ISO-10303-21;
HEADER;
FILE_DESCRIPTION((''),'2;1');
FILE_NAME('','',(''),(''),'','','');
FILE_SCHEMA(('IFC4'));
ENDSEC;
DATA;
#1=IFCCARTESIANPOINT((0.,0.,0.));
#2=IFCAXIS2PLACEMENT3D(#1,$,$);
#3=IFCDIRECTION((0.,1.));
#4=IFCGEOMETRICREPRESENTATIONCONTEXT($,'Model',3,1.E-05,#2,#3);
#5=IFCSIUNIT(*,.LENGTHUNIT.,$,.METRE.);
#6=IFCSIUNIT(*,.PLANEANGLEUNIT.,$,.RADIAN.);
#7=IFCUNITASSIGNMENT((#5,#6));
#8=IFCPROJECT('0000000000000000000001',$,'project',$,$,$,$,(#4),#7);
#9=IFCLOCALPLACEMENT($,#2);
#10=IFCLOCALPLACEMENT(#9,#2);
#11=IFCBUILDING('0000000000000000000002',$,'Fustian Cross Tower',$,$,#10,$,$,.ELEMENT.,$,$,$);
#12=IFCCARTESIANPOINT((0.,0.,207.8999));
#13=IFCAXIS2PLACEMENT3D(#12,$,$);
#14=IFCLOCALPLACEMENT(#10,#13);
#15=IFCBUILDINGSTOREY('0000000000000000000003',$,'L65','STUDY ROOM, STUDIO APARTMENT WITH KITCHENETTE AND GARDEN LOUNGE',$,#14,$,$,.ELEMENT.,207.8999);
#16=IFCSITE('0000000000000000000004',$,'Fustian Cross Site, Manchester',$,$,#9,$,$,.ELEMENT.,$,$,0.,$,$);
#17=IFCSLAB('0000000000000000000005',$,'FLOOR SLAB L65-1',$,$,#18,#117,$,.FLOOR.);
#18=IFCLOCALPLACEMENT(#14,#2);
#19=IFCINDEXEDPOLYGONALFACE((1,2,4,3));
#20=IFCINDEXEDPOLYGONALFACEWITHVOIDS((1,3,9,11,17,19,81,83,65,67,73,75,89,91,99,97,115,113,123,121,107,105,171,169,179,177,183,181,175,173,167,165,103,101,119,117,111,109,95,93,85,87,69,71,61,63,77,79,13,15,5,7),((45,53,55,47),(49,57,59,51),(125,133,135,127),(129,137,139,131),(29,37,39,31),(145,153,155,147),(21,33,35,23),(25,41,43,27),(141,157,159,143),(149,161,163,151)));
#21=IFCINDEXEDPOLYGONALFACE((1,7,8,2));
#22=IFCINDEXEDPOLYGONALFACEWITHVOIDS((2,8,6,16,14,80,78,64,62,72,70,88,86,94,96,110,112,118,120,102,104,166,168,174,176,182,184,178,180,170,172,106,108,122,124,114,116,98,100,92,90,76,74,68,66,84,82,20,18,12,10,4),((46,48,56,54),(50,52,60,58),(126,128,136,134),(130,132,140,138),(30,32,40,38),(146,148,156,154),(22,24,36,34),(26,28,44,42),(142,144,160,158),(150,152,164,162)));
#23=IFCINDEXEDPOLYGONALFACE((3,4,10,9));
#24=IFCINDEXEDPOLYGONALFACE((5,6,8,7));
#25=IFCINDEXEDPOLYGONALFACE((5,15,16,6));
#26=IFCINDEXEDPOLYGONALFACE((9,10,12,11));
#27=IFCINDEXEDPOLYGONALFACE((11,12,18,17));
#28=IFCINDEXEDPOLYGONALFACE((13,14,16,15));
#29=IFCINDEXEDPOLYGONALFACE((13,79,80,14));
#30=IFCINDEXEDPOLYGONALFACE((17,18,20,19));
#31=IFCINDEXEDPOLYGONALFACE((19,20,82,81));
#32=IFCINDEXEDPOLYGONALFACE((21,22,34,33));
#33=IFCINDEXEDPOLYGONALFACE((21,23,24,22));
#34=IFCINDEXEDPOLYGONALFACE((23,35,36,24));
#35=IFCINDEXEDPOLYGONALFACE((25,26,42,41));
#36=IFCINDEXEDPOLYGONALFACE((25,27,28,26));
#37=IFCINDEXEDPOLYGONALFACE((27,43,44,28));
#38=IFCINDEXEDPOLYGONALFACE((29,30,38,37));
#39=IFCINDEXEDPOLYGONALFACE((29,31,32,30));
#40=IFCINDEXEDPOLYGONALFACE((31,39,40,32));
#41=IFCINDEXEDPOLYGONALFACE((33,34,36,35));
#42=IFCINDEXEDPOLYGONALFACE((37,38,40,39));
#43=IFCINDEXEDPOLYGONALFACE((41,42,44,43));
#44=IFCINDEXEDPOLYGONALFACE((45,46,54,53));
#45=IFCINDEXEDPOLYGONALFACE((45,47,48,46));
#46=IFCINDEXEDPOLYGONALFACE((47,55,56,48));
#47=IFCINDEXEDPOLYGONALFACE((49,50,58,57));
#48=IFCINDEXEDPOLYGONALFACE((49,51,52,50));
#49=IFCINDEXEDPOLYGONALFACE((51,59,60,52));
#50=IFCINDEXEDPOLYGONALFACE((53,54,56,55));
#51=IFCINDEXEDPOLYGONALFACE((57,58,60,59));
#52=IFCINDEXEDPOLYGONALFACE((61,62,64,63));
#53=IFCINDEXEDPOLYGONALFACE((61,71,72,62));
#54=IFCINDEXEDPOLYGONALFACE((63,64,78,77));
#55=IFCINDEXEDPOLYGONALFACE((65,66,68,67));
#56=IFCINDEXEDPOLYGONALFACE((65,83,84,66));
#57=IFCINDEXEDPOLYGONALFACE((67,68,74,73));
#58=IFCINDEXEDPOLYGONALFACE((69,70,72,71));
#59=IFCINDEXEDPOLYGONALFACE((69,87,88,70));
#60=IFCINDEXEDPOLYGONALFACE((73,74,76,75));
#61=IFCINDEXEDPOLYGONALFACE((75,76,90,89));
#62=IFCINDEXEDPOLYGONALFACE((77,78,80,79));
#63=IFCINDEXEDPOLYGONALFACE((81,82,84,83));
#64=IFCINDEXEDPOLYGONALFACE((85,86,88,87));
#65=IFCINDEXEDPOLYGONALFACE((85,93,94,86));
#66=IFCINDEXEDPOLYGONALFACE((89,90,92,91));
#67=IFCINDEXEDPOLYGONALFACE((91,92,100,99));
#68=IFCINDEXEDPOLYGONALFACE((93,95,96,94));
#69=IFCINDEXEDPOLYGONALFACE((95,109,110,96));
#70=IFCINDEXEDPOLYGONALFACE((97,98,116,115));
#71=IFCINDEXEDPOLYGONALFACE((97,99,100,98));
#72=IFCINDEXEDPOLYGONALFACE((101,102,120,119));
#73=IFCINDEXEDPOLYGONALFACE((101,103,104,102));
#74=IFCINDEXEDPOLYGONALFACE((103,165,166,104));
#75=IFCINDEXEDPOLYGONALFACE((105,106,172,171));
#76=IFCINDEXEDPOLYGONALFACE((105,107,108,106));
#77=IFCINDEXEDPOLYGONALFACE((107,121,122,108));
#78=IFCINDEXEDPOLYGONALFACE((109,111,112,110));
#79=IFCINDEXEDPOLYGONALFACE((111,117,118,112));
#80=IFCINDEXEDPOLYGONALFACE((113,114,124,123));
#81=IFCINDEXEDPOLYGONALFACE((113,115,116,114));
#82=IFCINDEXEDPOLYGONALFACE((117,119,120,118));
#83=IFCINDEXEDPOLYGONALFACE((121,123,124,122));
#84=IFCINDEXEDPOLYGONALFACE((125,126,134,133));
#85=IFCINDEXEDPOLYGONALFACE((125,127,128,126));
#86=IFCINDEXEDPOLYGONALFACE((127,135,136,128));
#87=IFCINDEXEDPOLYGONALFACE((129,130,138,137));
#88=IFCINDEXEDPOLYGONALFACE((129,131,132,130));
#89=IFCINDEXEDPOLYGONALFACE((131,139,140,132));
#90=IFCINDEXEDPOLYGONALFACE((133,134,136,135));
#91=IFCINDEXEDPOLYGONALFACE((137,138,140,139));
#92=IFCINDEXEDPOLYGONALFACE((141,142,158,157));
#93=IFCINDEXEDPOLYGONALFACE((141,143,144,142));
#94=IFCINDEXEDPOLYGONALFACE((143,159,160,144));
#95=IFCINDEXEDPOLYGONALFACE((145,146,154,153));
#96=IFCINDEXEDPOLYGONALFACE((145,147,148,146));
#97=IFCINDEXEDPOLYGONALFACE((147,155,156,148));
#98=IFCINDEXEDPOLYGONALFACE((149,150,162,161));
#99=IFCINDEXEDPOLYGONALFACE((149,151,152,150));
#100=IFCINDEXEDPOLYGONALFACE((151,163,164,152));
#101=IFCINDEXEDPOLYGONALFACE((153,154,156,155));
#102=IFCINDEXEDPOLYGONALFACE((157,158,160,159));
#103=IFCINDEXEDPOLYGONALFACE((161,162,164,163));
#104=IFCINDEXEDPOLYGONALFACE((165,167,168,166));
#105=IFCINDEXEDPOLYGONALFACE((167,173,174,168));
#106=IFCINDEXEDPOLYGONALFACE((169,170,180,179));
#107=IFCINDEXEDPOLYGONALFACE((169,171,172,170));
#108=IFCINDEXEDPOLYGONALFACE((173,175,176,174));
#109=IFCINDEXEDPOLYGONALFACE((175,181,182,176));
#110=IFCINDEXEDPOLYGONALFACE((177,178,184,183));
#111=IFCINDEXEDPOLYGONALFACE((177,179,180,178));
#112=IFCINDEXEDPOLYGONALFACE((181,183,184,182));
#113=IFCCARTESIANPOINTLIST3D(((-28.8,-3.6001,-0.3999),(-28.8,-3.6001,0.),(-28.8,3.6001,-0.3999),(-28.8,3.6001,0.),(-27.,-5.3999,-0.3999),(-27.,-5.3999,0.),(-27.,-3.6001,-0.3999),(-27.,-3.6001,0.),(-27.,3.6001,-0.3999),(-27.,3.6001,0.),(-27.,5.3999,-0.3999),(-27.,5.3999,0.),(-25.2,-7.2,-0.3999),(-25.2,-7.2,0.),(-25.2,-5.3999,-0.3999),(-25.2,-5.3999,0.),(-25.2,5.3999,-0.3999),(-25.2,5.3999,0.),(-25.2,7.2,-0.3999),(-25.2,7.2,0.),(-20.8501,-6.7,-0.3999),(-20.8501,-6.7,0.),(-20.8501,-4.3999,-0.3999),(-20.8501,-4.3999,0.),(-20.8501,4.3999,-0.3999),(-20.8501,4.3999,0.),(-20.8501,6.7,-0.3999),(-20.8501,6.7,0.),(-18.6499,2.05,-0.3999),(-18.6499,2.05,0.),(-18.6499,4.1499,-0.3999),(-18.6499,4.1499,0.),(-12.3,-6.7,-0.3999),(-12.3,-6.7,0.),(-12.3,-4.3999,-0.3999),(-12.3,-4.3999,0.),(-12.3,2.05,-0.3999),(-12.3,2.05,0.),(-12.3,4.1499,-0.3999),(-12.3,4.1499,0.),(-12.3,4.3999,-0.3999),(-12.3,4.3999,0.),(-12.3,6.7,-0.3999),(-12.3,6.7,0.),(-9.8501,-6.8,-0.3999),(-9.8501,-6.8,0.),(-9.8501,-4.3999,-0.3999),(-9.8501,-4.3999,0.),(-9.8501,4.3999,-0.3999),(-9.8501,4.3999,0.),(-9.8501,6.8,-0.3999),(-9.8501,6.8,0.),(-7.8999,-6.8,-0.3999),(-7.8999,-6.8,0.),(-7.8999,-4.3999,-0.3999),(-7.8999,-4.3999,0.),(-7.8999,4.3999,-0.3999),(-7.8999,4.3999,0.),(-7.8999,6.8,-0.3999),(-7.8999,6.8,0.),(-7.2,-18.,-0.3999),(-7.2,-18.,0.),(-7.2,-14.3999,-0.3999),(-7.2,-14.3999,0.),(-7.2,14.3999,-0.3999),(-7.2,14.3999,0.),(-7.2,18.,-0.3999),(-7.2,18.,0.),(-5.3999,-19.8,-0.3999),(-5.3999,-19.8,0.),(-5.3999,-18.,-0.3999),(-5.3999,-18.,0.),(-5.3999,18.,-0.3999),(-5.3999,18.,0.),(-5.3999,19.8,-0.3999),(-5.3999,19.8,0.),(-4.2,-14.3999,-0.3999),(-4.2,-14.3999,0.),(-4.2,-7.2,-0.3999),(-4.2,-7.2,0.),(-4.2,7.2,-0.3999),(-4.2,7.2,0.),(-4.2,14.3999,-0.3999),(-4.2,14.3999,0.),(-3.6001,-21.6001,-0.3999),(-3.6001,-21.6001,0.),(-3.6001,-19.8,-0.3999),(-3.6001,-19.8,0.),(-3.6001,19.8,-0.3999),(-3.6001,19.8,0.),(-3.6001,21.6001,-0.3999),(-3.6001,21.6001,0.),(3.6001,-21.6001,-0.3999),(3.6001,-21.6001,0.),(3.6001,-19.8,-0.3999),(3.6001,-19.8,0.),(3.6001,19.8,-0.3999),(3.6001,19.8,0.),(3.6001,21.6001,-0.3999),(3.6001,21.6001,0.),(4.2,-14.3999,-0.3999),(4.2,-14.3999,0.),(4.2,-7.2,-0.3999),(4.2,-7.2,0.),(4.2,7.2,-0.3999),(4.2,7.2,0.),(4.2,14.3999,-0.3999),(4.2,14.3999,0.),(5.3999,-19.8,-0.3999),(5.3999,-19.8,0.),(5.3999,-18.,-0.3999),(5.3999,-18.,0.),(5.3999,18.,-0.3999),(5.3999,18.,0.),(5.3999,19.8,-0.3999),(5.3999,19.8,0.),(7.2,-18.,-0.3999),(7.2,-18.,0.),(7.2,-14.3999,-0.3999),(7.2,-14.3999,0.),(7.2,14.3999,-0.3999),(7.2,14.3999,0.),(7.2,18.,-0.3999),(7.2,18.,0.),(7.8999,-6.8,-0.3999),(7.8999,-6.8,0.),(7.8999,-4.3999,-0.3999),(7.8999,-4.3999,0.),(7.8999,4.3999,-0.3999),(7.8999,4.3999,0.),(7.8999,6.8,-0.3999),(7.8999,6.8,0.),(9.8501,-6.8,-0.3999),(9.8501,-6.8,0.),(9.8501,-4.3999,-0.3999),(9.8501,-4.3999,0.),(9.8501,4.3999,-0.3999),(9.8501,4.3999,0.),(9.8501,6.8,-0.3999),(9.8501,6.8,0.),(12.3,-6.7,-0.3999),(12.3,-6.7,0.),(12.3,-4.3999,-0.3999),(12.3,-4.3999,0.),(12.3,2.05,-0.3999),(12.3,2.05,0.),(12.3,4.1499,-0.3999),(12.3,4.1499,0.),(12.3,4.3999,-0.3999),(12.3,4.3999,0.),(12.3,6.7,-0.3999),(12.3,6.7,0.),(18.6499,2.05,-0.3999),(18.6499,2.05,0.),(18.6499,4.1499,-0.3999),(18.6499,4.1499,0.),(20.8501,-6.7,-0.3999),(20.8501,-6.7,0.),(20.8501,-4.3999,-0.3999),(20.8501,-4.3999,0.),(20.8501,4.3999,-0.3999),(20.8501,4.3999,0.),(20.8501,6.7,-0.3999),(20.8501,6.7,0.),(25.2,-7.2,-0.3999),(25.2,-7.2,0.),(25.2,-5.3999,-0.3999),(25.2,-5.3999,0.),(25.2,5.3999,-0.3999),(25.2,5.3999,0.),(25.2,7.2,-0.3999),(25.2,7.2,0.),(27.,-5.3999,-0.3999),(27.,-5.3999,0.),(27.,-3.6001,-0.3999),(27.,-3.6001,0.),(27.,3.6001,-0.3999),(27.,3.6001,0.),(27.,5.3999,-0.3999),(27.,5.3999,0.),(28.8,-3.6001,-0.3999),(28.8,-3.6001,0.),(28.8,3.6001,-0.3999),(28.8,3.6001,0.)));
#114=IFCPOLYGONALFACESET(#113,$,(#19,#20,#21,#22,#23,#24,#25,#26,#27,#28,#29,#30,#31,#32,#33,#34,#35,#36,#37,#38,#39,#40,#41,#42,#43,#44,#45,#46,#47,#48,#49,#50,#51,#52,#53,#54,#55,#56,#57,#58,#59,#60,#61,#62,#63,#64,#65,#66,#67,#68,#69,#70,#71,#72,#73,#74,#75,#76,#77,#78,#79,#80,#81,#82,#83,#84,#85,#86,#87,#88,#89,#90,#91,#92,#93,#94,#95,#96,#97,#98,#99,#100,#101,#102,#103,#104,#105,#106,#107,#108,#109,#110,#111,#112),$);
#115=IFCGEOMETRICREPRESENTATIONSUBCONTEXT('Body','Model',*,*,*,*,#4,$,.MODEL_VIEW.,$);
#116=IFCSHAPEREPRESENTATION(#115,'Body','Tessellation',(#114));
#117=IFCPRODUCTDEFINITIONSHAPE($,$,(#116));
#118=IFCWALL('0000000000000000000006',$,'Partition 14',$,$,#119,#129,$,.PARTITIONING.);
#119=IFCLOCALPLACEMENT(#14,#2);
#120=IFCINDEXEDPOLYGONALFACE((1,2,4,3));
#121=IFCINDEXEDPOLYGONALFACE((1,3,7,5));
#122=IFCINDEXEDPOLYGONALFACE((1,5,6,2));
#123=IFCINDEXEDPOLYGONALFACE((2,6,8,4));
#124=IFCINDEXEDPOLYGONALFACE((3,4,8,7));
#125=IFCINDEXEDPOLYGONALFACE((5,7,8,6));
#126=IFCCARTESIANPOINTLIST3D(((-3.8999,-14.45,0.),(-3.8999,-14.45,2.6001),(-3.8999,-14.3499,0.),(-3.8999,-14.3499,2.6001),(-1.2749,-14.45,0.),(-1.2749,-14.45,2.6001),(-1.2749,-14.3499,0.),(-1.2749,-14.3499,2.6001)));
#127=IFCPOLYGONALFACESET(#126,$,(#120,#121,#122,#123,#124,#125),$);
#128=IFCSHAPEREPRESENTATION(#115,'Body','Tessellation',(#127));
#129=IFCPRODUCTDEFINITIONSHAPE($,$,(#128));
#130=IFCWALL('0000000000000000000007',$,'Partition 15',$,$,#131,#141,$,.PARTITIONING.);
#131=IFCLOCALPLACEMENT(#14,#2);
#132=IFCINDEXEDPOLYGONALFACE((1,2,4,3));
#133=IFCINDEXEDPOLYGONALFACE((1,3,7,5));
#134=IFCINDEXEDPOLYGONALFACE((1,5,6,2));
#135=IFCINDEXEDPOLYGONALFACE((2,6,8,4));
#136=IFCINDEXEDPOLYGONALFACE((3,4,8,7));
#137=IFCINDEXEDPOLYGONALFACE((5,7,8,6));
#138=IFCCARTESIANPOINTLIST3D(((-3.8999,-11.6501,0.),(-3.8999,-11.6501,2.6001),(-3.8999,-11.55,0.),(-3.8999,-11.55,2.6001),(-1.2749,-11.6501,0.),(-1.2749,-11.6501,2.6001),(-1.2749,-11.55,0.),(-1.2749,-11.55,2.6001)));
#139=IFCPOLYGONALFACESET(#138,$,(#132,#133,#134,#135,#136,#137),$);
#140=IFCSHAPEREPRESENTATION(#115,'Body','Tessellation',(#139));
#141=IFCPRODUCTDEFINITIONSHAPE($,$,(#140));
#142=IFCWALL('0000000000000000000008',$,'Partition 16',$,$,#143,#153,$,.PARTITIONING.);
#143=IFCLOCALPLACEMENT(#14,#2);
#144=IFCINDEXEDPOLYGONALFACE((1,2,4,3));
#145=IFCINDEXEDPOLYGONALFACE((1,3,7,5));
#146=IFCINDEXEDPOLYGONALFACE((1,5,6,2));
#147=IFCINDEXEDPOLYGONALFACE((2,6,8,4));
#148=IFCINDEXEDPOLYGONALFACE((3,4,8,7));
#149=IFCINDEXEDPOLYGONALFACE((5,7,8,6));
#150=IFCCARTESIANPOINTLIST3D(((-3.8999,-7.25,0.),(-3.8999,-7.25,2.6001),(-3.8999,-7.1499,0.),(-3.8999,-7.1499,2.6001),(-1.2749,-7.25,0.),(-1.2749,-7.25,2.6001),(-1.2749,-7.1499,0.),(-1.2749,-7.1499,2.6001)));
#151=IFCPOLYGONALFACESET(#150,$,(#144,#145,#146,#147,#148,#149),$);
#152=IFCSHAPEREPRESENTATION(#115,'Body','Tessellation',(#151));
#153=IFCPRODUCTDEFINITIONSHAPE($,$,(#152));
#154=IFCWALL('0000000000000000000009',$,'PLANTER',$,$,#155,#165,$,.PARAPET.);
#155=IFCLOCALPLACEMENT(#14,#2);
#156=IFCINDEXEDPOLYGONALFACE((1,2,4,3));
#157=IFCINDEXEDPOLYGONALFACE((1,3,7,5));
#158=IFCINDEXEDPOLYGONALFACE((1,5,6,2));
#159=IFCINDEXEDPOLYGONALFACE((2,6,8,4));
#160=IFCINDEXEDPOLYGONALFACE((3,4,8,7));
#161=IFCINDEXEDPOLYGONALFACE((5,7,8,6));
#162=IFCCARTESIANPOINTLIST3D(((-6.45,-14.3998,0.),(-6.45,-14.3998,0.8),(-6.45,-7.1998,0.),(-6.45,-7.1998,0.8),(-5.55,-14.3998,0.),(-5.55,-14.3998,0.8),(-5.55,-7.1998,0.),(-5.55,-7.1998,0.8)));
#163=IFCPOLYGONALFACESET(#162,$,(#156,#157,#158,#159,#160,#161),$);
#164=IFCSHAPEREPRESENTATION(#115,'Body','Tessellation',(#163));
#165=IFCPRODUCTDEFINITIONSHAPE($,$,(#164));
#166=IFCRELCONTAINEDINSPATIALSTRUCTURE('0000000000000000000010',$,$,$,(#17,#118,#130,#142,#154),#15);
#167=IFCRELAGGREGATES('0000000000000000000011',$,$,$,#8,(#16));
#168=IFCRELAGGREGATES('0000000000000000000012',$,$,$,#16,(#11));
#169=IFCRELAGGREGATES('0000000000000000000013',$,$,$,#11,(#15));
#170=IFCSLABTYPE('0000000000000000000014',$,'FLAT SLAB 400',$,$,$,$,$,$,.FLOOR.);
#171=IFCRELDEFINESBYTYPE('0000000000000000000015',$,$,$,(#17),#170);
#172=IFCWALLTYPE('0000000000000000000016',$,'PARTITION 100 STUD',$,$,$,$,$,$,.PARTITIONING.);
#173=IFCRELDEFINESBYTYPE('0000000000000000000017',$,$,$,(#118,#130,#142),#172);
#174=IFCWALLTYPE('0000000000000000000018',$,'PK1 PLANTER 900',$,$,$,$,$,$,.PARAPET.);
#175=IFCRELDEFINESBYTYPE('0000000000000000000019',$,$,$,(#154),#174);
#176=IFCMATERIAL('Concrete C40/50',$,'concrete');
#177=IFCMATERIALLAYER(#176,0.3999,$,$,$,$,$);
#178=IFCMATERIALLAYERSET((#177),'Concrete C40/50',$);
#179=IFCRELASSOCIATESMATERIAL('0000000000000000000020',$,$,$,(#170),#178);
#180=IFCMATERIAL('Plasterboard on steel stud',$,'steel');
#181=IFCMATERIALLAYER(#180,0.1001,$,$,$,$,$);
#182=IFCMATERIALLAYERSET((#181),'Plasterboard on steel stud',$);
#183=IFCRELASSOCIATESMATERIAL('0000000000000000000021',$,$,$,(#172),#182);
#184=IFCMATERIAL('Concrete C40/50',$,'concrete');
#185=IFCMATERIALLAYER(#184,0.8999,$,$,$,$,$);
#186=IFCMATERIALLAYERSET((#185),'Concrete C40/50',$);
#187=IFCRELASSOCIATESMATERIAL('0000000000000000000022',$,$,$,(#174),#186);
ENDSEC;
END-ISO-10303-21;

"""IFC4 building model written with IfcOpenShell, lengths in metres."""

from ifc_helpers import new_model, si_unit, direction, frame, frame_2d, origin, place, context, subcontext, project, spatial, polyline, rectangle, outline, extrude, material, layer, layer_set, type_object, element, save


model = new_model("IFC4")

# Units and contexts
model_context = context("Model", 3, precision=1e-05, world=origin(), true_north=direction((0.0, 1.0)))
body_context = subcontext(model_context, "Body", "Model", "MODEL_VIEW")
ifc_project = project(units=[si_unit("LENGTHUNIT", "METRE"), si_unit("PLANEANGLEUNIT", "RADIAN")], contexts=[model_context])

# Site, building, storey
site_placement = place(None, origin())
site = spatial("IfcSite", under=ifc_project, at=site_placement, Name="Fustian Cross Site, Manchester", CompositionType="ELEMENT", RefElevation=0.0)
building_placement = place(site_placement, origin())
building = spatial("IfcBuilding", under=site, at=building_placement, Name="Fustian Cross Tower", CompositionType="ELEMENT")
storey_placement = place(building_placement, frame((0.0, 0.0, 207.8999)))
storey = spatial("IfcBuildingStorey", under=building, at=storey_placement, Name="L65", Description="STUDY ROOM, STUDIO APARTMENT WITH KITCHENETTE AND GARDEN LOUNGE", CompositionType="ELEMENT", Elevation=207.8999)

# Slab
ifc_material_1 = material(Name="Concrete C40/50", Category="concrete")
ifc_layer_1 = layer(ifc_material_1, 0.3999)
ifc_layer_set_1 = layer_set([ifc_layer_1], Name="Concrete C40/50")
slab_type_1 = type_object("IfcSlabType", Name="FLAT SLAB 400", PredefinedType="FLOOR", material=ifc_layer_set_1)
slab_1_placement = place(storey_placement, frame((0.0, 0.0, -0.3999)))
element("IfcSlab", 1, at=slab_1_placement, inside=storey, type_object=slab_type_1, Name="FLOOR SLAB L65-1", PredefinedType="FLOOR", context=body_context, shape_type="SweptSolid", body=[
    extrude(outline(polyline([(-3.6001, -19.8), (-5.3999, -19.8), (-5.3999, -18.0), (-7.2, -18.0), (-7.2, -14.3999), (-4.2, -14.3999), (-4.2, -7.2), (-25.2, -7.2), (-25.2, -5.3999), (-27.0, -5.3999), (-27.0, -3.6001), (-28.8, -3.6001), (-28.8, 3.6001), (-27.0, 3.6001), (-27.0, 5.3999), (-25.2, 5.3999), (-25.2, 7.2), (-4.2, 7.2), (-4.2, 14.3999), (-7.2, 14.3999), (-7.2, 18.0), (-5.3999, 18.0), (-5.3999, 19.8), (-3.6001, 19.8), (-3.6001, 21.6001), (3.6001, 21.6001), (3.6001, 19.8), (5.3999, 19.8), (5.3999, 18.0), (7.2, 18.0), (7.2, 14.3999), (4.2, 14.3999), (4.2, 7.2), (25.2, 7.2), (25.2, 5.3999), (27.0, 5.3999), (27.0, 3.6001), (28.8, 3.6001), (28.8, -3.6001), (27.0, -3.6001), (27.0, -5.3999), (25.2, -5.3999), (25.2, -7.2), (4.2, -7.2), (4.2, -14.3999), (7.2, -14.3999), (7.2, -18.0), (5.3999, -18.0), (5.3999, -19.8), (3.6001, -19.8), (3.6001, -21.6001), (-3.6001, -21.6001), (-3.6001, -19.8)]), holes=[polyline([(7.8999, 6.8), (7.8999, 4.3999), (9.8501, 4.3999), (9.8501, 6.8), (7.8999, 6.8)]), polyline([(9.8501, -4.3999), (7.8999, -4.3999), (7.8999, -6.8), (9.8501, -6.8), (9.8501, -4.3999)]), polyline([(-7.8999, 4.3999), (-7.8999, 6.8), (-9.8501, 6.8), (-9.8501, 4.3999), (-7.8999, 4.3999)]), polyline([(-9.8501, -6.8), (-7.8999, -6.8), (-7.8999, -4.3999), (-9.8501, -4.3999), (-9.8501, -6.8)]), polyline([(12.3, 4.1499), (12.3, 2.05), (18.6499, 2.05), (18.6499, 4.1499), (12.3, 4.1499)]), polyline([(-12.3, 4.1499), (-18.6499, 4.1499), (-18.6499, 2.05), (-12.3, 2.05), (-12.3, 4.1499)]), polyline([(20.8501, 4.3999), (20.8501, 6.7), (12.3, 6.7), (12.3, 4.3999), (20.8501, 4.3999)]), polyline([(12.3, -6.7), (20.8501, -6.7), (20.8501, -4.3999), (12.3, -4.3999), (12.3, -6.7)]), polyline([(-20.8501, 6.7), (-20.8501, 4.3999), (-12.3, 4.3999), (-12.3, 6.7), (-20.8501, 6.7)]), polyline([(-12.3, -4.3999), (-20.8501, -4.3999), (-20.8501, -6.7), (-12.3, -6.7), (-12.3, -4.3999)])]), origin(), (0.0, 0.0, 1.0), 0.3999),
])

# Walls
ifc_material_2 = material(Name="Plasterboard on steel stud", Category="steel")
ifc_layer_2 = layer(ifc_material_2, 0.1001)
ifc_layer_set_2 = layer_set([ifc_layer_2], Name="Plasterboard on steel stud")
wall_type_1 = type_object("IfcWallType", Name="PARTITION 100 STUD", PredefinedType="PARTITIONING", material=ifc_layer_set_2)
for number, where, z_axis, x_axis, name in (
    (2, (-3.8999, -14.3999, 0.0), (0.0, 0.0, 1.0), (1.0, 0.0, 0.0), "Partition 14"),
    (3, (-3.8999, -11.6001, 0.0), (0.0, 0.0, 1.0), (1.0, 0.0, 0.0), "Partition 15"),
    (4, (-3.8999, -7.2, 0.0), (0.0, 0.0, 1.0), (1.0, 0.0, 0.0), "Partition 16"),
):
    element("IfcWall", number, at=place(storey_placement, frame(where, z_axis=z_axis, x_axis=x_axis)), inside=storey, type_object=wall_type_1, Name=name, PredefinedType="PARTITIONING", context=body_context, shape_type="SweptSolid", body=[
        extrude(rectangle(XDim=2.625, YDim=0.1001, at=frame_2d((1.3125, 0.0))), origin(), (0.0, 0.0, 1.0), 2.6001),
    ])
ifc_material_3 = material(Name="Concrete C40/50", Category="concrete")
ifc_layer_3 = layer(ifc_material_3, 0.8999)
ifc_layer_set_3 = layer_set([ifc_layer_3], Name="Concrete C40/50")
wall_type_2 = type_object("IfcWallType", Name="PK1 PLANTER 900", PredefinedType="PARAPET", material=ifc_layer_set_3)
wall_1_placement = place(storey_placement, frame((-6.0, -14.3999, 0.0), z_axis=(0.0, 0.0, 1.0), x_axis=(0.0, 1.0, 0.0)))
element("IfcWall", 5, at=wall_1_placement, inside=storey, type_object=wall_type_2, Name="PLANTER", PredefinedType="PARAPET", context=body_context, shape_type="SweptSolid", body=[
    extrude(rectangle(XDim=7.2, YDim=0.8999, at=frame_2d((3.6001, 0.0))), origin(), (0.0, 0.0, 1.0), 0.8),
])

save(model, "model.ifc")
